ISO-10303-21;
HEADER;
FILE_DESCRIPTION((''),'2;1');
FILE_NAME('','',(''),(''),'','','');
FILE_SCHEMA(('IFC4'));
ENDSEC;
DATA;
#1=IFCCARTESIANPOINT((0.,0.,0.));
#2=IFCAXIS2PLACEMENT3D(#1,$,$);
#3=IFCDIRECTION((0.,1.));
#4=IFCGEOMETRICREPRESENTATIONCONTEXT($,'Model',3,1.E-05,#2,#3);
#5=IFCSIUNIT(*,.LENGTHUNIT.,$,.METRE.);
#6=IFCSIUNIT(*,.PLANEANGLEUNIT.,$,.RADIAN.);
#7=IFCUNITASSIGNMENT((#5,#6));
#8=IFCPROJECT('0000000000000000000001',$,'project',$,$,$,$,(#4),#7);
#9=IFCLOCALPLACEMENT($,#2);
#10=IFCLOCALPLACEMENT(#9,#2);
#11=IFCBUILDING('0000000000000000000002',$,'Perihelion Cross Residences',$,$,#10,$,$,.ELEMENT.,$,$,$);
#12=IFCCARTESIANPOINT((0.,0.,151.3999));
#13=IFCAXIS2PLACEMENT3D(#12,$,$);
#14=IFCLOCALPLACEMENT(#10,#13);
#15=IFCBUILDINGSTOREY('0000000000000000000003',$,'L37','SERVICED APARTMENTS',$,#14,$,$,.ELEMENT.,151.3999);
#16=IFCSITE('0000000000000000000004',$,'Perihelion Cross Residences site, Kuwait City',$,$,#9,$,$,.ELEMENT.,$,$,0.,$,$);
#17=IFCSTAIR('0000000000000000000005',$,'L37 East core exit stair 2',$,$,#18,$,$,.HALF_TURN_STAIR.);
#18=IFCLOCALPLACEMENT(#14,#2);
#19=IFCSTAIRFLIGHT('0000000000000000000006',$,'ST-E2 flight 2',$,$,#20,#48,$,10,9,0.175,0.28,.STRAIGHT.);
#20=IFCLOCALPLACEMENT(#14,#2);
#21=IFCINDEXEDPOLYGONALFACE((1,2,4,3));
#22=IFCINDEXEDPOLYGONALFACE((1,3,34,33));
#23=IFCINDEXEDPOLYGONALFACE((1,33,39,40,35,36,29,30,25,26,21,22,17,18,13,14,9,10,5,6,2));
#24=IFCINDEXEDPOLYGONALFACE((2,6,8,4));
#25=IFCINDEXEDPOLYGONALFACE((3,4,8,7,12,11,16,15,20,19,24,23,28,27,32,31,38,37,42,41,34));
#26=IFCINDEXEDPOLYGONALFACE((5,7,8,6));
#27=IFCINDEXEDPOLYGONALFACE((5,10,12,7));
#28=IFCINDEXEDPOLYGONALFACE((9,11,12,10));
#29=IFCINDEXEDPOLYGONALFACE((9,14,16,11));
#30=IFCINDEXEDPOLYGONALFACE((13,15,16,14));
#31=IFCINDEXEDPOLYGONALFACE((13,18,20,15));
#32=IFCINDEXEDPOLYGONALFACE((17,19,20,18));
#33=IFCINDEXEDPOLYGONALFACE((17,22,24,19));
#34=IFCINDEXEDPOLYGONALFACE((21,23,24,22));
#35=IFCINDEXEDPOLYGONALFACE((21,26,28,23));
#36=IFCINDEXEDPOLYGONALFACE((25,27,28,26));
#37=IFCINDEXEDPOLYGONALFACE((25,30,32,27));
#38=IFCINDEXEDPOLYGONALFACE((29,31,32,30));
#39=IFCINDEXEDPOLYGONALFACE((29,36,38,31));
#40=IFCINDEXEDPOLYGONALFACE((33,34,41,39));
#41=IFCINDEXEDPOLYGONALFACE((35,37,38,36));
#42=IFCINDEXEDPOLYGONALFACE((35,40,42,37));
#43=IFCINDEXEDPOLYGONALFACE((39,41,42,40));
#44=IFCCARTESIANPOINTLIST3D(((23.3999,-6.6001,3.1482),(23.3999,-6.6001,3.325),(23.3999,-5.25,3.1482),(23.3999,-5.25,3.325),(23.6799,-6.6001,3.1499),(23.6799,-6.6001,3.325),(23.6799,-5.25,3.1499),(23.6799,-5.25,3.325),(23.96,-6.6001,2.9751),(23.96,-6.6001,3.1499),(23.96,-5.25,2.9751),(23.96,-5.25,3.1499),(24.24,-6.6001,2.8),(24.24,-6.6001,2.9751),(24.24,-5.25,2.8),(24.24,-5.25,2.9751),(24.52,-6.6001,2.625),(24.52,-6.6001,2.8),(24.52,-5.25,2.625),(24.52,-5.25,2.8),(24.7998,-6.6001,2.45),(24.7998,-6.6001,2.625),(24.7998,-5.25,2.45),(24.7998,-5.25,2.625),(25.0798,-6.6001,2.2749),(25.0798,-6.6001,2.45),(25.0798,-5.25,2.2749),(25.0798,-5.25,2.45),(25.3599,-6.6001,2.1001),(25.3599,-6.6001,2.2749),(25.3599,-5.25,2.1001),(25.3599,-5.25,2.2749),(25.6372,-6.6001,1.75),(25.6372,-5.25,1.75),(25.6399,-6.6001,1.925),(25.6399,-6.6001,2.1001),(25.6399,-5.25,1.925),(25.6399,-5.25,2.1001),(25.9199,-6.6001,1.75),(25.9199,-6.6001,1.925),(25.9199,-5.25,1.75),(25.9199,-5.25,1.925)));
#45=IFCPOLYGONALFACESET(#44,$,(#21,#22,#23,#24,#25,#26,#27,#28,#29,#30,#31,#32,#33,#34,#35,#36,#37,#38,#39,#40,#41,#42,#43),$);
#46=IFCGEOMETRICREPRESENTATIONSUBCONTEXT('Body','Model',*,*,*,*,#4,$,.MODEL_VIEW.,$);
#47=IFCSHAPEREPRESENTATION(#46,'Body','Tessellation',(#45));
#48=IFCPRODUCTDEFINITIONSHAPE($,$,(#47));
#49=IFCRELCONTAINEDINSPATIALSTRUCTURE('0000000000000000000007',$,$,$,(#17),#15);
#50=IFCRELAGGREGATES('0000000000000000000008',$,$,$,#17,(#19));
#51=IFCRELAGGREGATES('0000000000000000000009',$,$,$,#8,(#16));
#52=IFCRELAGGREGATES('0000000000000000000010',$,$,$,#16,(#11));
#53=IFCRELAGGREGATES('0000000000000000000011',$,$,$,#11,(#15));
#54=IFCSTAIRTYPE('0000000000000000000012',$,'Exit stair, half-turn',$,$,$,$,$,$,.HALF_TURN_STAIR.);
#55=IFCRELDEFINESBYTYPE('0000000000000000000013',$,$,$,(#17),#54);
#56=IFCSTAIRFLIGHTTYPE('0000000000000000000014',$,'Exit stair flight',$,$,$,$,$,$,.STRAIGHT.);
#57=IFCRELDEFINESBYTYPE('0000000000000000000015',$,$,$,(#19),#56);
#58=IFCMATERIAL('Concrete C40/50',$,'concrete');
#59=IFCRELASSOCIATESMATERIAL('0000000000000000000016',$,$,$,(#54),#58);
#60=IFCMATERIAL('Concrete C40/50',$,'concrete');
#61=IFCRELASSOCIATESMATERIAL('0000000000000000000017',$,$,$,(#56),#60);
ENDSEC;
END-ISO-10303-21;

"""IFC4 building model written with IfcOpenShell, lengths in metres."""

from ifc_helpers import new_model, si_unit, direction, frame, origin, place, context, subcontext, project, spatial, polyline, outline, extrude, material, type_object, element, aggregate, save


model = new_model("IFC4")

# Units and contexts
model_context = context("Model", 3, precision=1e-05, world=origin(), true_north=direction((0.0, 1.0)))
body_context = subcontext(model_context, "Body", "Model", "MODEL_VIEW")
ifc_project = project(units=[si_unit("LENGTHUNIT", "METRE"), si_unit("PLANEANGLEUNIT", "RADIAN")], contexts=[model_context])

# Site, building, storey
site_placement = place(None, origin())
site = spatial("IfcSite", under=ifc_project, at=site_placement, Name="Perihelion Cross Residences site, Kuwait City", CompositionType="ELEMENT", RefElevation=0.0)
building_placement = place(site_placement, origin())
building = spatial("IfcBuilding", under=site, at=building_placement, Name="Perihelion Cross Residences", CompositionType="ELEMENT")
storey_placement = place(building_placement, frame((0.0, 0.0, 151.3999)))
storey = spatial("IfcBuildingStorey", under=building, at=storey_placement, Name="L37", Description="SERVICED APARTMENTS", CompositionType="ELEMENT", Elevation=151.3999)

# Stair, stair flight
ifc_material_1 = material(Name="Concrete C40/50", Category="concrete")
stair_type = type_object("IfcStairType", Name="Exit stair, half-turn", PredefinedType="HALF_TURN_STAIR", material=ifc_material_1)
stair_placement = place(storey_placement, origin())
stair = element("IfcStair", 1, at=stair_placement, inside=storey, type_object=stair_type, Name="L37 East core exit stair 2", PredefinedType="HALF_TURN_STAIR")
ifc_material_2 = material(Name="Concrete C40/50", Category="concrete")
stair_flight_type = type_object("IfcStairFlightType", Name="Exit stair flight", PredefinedType="STRAIGHT", material=ifc_material_2)
stair_flight_placement = place(storey_placement, frame((25.9199, -5.925, 1.75), z_axis=(0.0, 0.0, 1.0), x_axis=(-1.0, 0.0, 0.0)))
stair_flight = element("IfcStairFlight", 2, at=stair_flight_placement, type_object=stair_flight_type, Name="ST-E2 flight 2", NumberOfRisers=10, NumberOfTreads=9, PredefinedType="STRAIGHT", RiserHeight=0.175, TreadLength=0.28, context=body_context, shape_type="SweptSolid", body=[
    extrude(outline(polyline([(0.0, 0.0), (0.0, 0.175), (0.28, 0.175), (0.28, 0.3501), (0.5601, 0.3501), (0.5601, 0.5249), (0.8401, 0.5249), (0.8401, 0.7), (1.1201, 0.7), (1.1201, 0.875), (1.3999, 0.875), (1.3999, 1.05), (1.6799, 1.05), (1.6799, 1.2251), (1.96, 1.2251), (1.96, 1.3999), (2.24, 1.3999), (2.24, 1.575), (2.52, 1.575), (2.52, 1.75), (2.52, 1.3982), (0.2827, 0.0), (0.0, 0.0)])), frame((0.0, 0.675, 0.0), z_axis=(0.0, -1.0, 0.0), x_axis=(1.0, 0.0, 0.0)), (0.0, 0.0, 1.0), 1.3501),
])
aggregate(stair, [stair_flight])

save(model, "model.ifc")
